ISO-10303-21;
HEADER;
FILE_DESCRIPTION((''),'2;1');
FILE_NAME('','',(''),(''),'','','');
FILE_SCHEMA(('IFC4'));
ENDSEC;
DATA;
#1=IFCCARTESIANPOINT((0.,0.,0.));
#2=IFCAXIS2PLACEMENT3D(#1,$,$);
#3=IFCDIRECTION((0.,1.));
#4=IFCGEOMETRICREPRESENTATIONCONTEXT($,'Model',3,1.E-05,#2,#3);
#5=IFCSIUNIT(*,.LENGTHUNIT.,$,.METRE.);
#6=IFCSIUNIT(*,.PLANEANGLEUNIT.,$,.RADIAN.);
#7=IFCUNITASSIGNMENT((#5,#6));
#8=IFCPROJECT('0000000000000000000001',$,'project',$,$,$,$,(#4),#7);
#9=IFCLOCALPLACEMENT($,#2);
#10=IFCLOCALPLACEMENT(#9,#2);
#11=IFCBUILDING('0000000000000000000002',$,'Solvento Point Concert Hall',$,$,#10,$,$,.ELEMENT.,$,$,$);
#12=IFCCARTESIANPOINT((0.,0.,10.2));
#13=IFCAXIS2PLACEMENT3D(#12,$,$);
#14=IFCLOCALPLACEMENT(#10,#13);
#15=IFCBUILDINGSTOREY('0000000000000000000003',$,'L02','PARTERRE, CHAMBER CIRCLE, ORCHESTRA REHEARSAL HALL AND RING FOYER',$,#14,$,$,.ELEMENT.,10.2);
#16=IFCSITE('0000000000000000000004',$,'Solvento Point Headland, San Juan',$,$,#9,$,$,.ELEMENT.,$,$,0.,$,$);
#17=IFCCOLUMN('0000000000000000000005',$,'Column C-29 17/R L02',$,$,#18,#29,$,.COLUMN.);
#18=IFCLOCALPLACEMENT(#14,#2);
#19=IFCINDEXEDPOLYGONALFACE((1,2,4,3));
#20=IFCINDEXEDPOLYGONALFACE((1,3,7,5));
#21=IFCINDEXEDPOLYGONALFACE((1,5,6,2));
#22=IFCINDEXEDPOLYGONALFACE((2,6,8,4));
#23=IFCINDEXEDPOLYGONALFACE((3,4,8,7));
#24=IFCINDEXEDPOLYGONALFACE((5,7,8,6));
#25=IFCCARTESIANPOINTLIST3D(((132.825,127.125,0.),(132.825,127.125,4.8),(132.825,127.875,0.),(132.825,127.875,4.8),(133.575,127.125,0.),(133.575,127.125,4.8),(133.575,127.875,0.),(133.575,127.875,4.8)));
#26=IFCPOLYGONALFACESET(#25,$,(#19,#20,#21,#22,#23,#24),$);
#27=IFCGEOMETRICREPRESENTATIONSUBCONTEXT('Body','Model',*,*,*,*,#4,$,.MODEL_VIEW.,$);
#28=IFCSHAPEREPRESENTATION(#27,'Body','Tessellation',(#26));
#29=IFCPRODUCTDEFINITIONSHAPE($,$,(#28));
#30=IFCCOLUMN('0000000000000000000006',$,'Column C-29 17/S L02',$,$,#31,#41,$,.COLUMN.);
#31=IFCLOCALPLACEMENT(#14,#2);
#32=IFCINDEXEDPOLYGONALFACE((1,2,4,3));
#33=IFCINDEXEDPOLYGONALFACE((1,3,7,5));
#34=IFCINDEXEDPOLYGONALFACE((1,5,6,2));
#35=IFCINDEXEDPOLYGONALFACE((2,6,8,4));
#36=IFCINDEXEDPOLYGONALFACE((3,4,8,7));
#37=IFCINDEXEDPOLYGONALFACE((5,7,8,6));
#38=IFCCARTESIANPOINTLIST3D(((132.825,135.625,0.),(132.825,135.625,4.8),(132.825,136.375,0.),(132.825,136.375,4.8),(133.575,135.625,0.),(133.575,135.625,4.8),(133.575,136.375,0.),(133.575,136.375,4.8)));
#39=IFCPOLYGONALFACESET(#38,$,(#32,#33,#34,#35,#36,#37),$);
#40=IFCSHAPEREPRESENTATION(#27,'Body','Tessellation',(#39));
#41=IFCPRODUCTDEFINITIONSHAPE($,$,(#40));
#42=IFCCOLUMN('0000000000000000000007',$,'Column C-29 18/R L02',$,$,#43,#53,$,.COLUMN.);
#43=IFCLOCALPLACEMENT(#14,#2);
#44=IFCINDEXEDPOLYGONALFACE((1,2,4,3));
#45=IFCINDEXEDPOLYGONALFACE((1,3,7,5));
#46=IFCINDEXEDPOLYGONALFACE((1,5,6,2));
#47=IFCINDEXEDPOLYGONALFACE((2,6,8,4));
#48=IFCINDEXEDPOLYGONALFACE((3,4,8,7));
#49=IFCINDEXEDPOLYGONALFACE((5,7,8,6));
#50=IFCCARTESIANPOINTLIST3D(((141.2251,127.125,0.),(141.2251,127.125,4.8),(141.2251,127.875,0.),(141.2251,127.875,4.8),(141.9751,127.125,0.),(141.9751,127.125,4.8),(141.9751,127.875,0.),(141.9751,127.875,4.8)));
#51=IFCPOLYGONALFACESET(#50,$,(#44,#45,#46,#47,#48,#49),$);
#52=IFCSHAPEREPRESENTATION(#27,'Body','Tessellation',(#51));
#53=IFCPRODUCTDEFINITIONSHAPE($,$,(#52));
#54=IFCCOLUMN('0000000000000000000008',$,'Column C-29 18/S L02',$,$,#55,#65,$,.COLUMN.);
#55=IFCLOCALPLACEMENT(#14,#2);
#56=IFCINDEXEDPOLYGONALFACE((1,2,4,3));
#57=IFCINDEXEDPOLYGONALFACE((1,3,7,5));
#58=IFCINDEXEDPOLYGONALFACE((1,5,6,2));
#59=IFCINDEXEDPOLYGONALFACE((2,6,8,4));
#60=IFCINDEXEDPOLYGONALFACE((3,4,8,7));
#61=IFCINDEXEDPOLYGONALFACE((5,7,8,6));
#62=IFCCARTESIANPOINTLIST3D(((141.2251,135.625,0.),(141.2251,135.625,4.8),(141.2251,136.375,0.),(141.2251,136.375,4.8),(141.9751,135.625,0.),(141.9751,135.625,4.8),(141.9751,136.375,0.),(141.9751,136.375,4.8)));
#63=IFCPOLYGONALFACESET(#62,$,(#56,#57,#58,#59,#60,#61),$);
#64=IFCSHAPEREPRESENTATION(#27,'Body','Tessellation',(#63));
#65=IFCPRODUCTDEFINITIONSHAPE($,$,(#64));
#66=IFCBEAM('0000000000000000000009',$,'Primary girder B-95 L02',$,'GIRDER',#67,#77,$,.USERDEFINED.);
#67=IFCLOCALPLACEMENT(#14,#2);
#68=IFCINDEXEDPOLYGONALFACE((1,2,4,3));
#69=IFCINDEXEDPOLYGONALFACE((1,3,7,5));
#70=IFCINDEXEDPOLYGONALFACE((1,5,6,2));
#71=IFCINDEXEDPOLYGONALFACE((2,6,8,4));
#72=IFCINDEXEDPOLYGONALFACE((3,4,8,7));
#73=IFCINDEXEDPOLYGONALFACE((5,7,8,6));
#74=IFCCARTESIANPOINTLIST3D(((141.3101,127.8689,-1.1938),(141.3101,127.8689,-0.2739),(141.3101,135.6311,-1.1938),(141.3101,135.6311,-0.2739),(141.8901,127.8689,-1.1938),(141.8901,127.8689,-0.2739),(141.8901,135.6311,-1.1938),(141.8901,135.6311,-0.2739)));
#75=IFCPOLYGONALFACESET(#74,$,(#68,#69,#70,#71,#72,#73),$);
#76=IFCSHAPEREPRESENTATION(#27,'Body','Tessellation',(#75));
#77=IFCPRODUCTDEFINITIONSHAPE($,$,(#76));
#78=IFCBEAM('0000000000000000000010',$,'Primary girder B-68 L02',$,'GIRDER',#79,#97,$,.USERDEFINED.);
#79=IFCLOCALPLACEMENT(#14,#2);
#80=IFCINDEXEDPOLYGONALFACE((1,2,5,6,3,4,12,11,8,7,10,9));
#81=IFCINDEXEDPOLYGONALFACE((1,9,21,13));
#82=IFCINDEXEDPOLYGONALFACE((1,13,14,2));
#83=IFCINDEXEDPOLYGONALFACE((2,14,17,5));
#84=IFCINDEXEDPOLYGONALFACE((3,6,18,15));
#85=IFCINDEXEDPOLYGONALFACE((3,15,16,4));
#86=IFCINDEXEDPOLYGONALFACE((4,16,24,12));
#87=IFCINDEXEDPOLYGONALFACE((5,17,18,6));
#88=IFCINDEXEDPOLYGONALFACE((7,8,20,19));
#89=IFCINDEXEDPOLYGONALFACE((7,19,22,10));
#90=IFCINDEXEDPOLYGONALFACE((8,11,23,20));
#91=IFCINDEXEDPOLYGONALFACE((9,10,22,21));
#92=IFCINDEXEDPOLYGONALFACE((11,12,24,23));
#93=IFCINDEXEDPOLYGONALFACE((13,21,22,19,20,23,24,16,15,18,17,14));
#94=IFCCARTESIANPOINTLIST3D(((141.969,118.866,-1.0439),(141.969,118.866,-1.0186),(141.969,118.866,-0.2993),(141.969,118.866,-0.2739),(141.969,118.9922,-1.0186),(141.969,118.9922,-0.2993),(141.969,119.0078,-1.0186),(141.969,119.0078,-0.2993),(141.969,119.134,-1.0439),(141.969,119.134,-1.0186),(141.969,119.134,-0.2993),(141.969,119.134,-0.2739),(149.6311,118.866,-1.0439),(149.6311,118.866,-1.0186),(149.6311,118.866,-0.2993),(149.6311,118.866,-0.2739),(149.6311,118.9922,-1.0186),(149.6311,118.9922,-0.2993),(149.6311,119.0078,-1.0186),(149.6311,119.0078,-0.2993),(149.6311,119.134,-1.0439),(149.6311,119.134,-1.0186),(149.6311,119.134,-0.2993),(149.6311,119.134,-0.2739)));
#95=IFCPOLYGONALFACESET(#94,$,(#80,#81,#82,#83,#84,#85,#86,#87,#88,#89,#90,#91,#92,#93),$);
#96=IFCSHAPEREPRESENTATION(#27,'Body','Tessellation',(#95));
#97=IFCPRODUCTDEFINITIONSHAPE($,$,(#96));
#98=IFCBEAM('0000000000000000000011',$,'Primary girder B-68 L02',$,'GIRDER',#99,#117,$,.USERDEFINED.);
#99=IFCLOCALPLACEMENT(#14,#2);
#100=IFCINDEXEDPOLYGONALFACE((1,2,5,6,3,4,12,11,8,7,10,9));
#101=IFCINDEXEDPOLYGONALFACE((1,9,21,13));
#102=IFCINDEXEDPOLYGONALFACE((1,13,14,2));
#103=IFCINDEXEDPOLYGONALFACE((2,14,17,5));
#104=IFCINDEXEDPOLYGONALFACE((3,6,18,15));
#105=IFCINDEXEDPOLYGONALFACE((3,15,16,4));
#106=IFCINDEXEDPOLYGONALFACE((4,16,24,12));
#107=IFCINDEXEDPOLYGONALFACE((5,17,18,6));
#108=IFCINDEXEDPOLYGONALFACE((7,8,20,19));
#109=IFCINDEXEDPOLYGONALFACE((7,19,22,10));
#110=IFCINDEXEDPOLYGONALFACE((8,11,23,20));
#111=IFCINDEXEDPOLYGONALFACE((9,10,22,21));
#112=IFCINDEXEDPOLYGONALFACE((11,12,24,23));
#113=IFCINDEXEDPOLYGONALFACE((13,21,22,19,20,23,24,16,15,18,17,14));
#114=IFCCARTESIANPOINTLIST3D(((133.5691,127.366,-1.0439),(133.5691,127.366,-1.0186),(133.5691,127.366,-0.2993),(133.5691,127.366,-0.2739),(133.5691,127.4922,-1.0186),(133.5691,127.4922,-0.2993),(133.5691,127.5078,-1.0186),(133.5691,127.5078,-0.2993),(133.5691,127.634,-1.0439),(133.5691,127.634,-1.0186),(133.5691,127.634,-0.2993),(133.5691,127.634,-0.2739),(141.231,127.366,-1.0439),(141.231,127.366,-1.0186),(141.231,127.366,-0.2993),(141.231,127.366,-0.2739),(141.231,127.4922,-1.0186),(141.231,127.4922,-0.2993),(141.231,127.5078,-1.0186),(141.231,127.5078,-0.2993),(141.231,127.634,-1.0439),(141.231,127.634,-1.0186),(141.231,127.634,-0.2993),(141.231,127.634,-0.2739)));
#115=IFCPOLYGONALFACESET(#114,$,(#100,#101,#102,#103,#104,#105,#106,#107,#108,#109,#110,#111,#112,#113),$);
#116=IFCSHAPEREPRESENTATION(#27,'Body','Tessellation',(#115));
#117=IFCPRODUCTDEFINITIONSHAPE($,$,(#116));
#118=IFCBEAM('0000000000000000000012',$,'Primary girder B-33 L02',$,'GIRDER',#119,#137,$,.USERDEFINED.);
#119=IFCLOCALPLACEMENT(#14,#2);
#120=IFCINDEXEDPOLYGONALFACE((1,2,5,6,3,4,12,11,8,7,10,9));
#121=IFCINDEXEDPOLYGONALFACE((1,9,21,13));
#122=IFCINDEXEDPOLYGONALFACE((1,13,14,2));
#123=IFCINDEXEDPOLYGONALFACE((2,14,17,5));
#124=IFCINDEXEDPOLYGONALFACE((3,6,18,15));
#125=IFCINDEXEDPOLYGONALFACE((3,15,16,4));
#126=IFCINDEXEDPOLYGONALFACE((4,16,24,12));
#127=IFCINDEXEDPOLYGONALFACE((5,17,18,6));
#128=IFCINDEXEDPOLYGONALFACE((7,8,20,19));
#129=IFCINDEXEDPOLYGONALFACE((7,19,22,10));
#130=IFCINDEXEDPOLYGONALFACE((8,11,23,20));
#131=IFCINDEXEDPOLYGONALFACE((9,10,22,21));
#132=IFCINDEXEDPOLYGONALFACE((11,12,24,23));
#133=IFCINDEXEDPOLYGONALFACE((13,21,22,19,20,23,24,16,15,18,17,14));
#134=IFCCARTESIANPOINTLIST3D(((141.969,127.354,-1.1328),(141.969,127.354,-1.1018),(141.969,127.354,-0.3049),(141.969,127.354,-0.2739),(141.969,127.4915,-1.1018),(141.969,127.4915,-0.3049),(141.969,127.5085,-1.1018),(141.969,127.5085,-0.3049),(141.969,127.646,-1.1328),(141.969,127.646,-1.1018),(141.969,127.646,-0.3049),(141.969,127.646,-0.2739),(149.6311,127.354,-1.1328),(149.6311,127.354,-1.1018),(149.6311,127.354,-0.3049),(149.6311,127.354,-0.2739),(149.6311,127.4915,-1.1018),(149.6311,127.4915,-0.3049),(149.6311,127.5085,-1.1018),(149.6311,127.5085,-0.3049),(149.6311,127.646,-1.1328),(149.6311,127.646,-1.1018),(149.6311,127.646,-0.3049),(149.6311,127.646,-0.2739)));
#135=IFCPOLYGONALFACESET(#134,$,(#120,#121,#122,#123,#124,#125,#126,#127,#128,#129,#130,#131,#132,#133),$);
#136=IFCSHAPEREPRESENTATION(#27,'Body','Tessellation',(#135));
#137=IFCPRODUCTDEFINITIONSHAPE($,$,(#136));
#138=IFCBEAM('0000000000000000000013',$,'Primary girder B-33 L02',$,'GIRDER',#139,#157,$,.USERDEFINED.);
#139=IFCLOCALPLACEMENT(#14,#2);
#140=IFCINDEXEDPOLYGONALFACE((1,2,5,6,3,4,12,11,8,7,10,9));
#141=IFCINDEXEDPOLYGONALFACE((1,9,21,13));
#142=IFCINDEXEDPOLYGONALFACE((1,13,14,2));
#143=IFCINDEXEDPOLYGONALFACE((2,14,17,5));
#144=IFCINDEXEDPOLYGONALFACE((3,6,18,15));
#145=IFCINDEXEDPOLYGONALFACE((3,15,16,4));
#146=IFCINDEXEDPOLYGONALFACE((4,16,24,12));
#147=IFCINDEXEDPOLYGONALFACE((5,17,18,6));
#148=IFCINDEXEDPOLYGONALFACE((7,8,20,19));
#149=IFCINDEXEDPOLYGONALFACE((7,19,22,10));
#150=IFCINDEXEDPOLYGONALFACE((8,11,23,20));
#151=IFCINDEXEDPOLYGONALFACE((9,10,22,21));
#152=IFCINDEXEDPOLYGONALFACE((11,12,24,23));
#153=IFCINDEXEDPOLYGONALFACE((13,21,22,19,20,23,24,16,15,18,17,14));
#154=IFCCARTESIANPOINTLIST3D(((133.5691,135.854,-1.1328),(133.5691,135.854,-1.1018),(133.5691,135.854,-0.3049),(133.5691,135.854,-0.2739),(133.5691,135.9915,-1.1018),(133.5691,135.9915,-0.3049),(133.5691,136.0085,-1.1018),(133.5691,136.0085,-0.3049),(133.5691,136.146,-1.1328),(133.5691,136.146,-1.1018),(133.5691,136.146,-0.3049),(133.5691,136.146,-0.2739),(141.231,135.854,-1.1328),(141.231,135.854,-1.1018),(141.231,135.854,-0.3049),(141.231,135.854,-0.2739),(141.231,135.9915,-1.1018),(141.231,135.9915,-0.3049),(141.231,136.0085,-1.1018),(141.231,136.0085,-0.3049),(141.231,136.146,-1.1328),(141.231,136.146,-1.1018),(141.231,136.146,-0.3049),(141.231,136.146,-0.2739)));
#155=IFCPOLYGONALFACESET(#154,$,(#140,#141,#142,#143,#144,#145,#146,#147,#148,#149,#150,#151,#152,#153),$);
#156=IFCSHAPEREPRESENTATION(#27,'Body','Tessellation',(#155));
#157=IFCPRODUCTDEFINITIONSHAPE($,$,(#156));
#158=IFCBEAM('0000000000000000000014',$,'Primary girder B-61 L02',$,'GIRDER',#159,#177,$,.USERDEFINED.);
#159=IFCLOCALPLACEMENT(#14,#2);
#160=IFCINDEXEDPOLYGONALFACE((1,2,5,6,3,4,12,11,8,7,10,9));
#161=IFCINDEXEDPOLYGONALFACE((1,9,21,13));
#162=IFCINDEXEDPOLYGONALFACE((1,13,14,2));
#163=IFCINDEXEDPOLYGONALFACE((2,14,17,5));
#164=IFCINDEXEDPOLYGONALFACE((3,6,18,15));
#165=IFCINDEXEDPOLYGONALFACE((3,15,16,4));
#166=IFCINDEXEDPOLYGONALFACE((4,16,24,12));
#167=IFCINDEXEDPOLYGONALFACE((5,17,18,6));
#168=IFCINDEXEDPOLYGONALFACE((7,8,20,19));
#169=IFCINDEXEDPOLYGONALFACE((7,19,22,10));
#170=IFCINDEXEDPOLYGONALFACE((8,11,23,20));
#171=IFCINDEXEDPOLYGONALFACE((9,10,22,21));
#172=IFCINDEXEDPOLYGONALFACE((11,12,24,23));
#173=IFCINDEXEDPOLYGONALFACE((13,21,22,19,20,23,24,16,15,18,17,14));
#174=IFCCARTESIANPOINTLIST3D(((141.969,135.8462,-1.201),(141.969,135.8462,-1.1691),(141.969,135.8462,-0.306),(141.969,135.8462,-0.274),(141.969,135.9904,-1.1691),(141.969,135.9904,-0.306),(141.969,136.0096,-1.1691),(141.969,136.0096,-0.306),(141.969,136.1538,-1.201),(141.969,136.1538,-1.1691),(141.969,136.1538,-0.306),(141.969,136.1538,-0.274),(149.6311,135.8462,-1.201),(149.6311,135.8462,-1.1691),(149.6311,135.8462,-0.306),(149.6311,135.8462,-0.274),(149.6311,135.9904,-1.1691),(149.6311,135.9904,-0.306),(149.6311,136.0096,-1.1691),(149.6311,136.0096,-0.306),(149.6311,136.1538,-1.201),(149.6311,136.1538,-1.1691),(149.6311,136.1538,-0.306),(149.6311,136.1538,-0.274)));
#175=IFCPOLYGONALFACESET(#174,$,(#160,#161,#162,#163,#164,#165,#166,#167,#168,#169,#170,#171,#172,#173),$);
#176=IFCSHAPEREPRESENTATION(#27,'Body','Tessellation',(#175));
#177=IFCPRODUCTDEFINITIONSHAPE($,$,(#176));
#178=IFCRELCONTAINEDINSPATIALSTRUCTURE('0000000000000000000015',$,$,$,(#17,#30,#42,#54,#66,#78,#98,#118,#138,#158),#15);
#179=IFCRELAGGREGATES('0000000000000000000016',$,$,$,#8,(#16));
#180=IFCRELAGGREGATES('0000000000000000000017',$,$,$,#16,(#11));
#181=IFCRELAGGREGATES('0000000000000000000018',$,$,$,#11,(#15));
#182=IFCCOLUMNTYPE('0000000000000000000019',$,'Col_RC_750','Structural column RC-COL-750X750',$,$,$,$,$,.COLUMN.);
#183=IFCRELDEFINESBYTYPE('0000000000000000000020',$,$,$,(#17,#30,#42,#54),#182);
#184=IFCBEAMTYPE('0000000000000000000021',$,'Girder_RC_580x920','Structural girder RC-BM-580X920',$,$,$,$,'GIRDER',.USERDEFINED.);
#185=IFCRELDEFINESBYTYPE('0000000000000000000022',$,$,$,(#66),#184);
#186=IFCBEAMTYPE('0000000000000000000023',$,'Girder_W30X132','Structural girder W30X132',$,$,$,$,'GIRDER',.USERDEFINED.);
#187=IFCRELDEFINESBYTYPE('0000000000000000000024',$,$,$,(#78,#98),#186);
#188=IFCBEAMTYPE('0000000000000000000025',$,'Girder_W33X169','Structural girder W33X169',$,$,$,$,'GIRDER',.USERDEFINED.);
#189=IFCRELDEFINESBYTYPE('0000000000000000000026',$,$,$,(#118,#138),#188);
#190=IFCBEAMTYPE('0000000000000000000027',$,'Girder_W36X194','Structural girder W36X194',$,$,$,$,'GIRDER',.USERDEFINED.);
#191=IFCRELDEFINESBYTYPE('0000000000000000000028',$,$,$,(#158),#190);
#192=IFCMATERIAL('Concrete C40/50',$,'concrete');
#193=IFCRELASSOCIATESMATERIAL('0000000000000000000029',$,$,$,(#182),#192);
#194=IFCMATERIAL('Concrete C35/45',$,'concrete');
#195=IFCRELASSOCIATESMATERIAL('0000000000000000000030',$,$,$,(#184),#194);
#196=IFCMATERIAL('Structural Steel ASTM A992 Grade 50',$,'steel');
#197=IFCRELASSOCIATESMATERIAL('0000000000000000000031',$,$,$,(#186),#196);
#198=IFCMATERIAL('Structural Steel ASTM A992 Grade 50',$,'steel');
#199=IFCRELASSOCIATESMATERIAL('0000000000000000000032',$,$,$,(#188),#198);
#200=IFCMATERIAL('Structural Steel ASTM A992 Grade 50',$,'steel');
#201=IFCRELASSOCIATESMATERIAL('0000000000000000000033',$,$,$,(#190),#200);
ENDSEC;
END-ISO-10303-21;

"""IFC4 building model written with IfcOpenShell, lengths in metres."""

from ifc_helpers import new_model, si_unit, direction, frame, origin, origin_2d, place, context, subcontext, project, spatial, rectangle, i_section, extrude, material, material_profile, profile_set, type_object, element, save


model = new_model("IFC4")

# Units and contexts
model_context = context("Model", 3, precision=1e-05, world=origin(), true_north=direction((0.0, 1.0)))
body_context = subcontext(model_context, "Body", "Model", "MODEL_VIEW")
ifc_project = project(units=[si_unit("LENGTHUNIT", "METRE"), si_unit("PLANEANGLEUNIT", "RADIAN")], contexts=[model_context])

# Site, building, storey
site_placement = place(None, origin())
site = spatial("IfcSite", under=ifc_project, at=site_placement, Name="Solvento Point Headland, San Juan", CompositionType="ELEMENT", RefElevation=0.0)
building_placement = place(site_placement, origin())
building = spatial("IfcBuilding", under=site, at=building_placement, Name="Solvento Point Concert Hall", CompositionType="ELEMENT")
storey_placement = place(building_placement, frame((0.0, 0.0, 10.2)))
storey = spatial("IfcBuildingStorey", under=building, at=storey_placement, Name="L02", Description="PARTERRE, CHAMBER CIRCLE, ORCHESTRA REHEARSAL HALL AND RING FOYER", CompositionType="ELEMENT", Elevation=10.2)

# Columns
ifc_material_1 = material(Name="Concrete C40/50", Category="concrete")
ifc_material_profile_1 = material_profile(ifc_material_1, rectangle(XDim=0.75, YDim=0.75, at=origin_2d()), Name="RC-COL-750X750")
ifc_profile_set_1 = profile_set([ifc_material_profile_1], Name="Concrete C40/50")
column_type = type_object("IfcColumnType", Name="Col_RC_750", Description="Structural column RC-COL-750X750", PredefinedType="COLUMN", material=ifc_profile_set_1)
for number, where, z_axis, x_axis, name in (
    (1, (133.2, 127.5, 0.0), (0.0, 0.0, 1.0), (1.0, 0.0, 0.0), "Column C-29 17/R L02"),
    (2, (133.2, 136.0, 0.0), (0.0, 0.0, 1.0), (1.0, 0.0, 0.0), "Column C-29 17/S L02"),
    (3, (141.6001, 127.5, 0.0), (0.0, 0.0, 1.0), (1.0, 0.0, 0.0), "Column C-29 18/R L02"),
    (4, (141.6001, 136.0, 0.0), (0.0, 0.0, 1.0), (1.0, 0.0, 0.0), "Column C-29 18/S L02"),
):
    element("IfcColumn", number, at=place(storey_placement, frame(where, z_axis=z_axis, x_axis=x_axis)), inside=storey, type_object=column_type, Name=name, PredefinedType="COLUMN", context=body_context, shape_type="SweptSolid", body=[
        extrude(rectangle(XDim=0.75, YDim=0.75, at=origin_2d()), origin(), (0.0, 0.0, 1.0), 4.8),
    ])

# Beams
ifc_material_2 = material(Name="Concrete C35/45", Category="concrete")
ifc_material_profile_2 = material_profile(ifc_material_2, rectangle(XDim=0.5801, YDim=0.9199, at=origin_2d()), Name="RC-BM-580X920")
ifc_profile_set_2 = profile_set([ifc_material_profile_2], Name="Concrete C35/45")
beam_type_1 = type_object("IfcBeamType", Name="Girder_RC_580x920", Description="Structural girder RC-BM-580X920", ElementType="GIRDER", PredefinedType="USERDEFINED", material=ifc_profile_set_2)
beam_1_placement = place(storey_placement, frame((141.6001, 127.8689, -0.7339), z_axis=(0.0, 1.0, 0.0), x_axis=(-1.0, 0.0, 0.0)))
element("IfcBeam", 5, at=beam_1_placement, inside=storey, type_object=beam_type_1, Name="Primary girder B-95 L02", ObjectType="GIRDER", PredefinedType="USERDEFINED", context=body_context, shape_type="SweptSolid", body=[
    extrude(rectangle(XDim=0.5801, YDim=0.9199, at=origin_2d()), origin(), (0.0, 0.0, 1.0), 7.7622),
])
ifc_material_3 = material(Name="Structural Steel ASTM A992 Grade 50", Category="steel")
ifc_material_profile_3 = material_profile(ifc_material_3, i_section(OverallWidth=0.2681, OverallDepth=0.77, WebThickness=0.0156, FlangeThickness=0.0254, at=origin_2d()), Name="W30X132")
ifc_profile_set_3 = profile_set([ifc_material_profile_3], Name="Structural Steel ASTM A992 Grade 50")
beam_type_2 = type_object("IfcBeamType", Name="Girder_W30X132", Description="Structural girder W30X132", ElementType="GIRDER", PredefinedType="USERDEFINED", material=ifc_profile_set_3)
beam_2_placement = place(storey_placement, frame((141.969, 119.0, -0.6589), z_axis=(1.0, 0.0, 0.0), x_axis=(0.0, 1.0, 0.0)))
element("IfcBeam", 6, at=beam_2_placement, inside=storey, type_object=beam_type_2, Name="Primary girder B-68 L02", ObjectType="GIRDER", PredefinedType="USERDEFINED", context=body_context, shape_type="SweptSolid", body=[
    extrude(i_section(OverallWidth=0.2681, OverallDepth=0.77, WebThickness=0.0156, FlangeThickness=0.0254, at=origin_2d()), origin(), (0.0, 0.0, 1.0), 7.6621),
])
beam_3_placement = place(storey_placement, frame((133.5691, 127.5, -0.6589), z_axis=(1.0, 0.0, 0.0), x_axis=(0.0, 1.0, 0.0)))
element("IfcBeam", 7, at=beam_3_placement, inside=storey, type_object=beam_type_2, Name="Primary girder B-68 L02", ObjectType="GIRDER", PredefinedType="USERDEFINED", context=body_context, shape_type="SweptSolid", body=[
    extrude(i_section(OverallWidth=0.2681, OverallDepth=0.77, WebThickness=0.0156, FlangeThickness=0.0254, at=origin_2d()), origin(), (0.0, 0.0, 1.0), 7.6619),
])
ifc_material_4 = material(Name="Structural Steel ASTM A992 Grade 50", Category="steel")
ifc_material_profile_4 = material_profile(ifc_material_4, i_section(OverallWidth=0.292, OverallDepth=0.8589, WebThickness=0.0171, FlangeThickness=0.031, at=origin_2d()), Name="W33X169")
ifc_profile_set_4 = profile_set([ifc_material_profile_4], Name="Structural Steel ASTM A992 Grade 50")
beam_type_3 = type_object("IfcBeamType", Name="Girder_W33X169", Description="Structural girder W33X169", ElementType="GIRDER", PredefinedType="USERDEFINED", material=ifc_profile_set_4)
beam_4_placement = place(storey_placement, frame((141.969, 127.5, -0.7034), z_axis=(1.0, 0.0, 0.0), x_axis=(0.0, 1.0, 0.0)))
element("IfcBeam", 8, at=beam_4_placement, inside=storey, type_object=beam_type_3, Name="Primary girder B-33 L02", ObjectType="GIRDER", PredefinedType="USERDEFINED", context=body_context, shape_type="SweptSolid", body=[
    extrude(i_section(OverallWidth=0.292, OverallDepth=0.8589, WebThickness=0.0171, FlangeThickness=0.031, at=origin_2d()), origin(), (0.0, 0.0, 1.0), 7.6621),
])
beam_5_placement = place(storey_placement, frame((133.5691, 136.0, -0.7034), z_axis=(1.0, 0.0, 0.0), x_axis=(0.0, 1.0, 0.0)))
element("IfcBeam", 9, at=beam_5_placement, inside=storey, type_object=beam_type_3, Name="Primary girder B-33 L02", ObjectType="GIRDER", PredefinedType="USERDEFINED", context=body_context, shape_type="SweptSolid", body=[
    extrude(i_section(OverallWidth=0.292, OverallDepth=0.8589, WebThickness=0.0171, FlangeThickness=0.031, at=origin_2d()), origin(), (0.0, 0.0, 1.0), 7.6619),
])
ifc_material_5 = material(Name="Structural Steel ASTM A992 Grade 50", Category="steel")
ifc_material_profile_5 = material_profile(ifc_material_5, i_section(OverallWidth=0.3076, OverallDepth=0.927, WebThickness=0.0193, FlangeThickness=0.032, at=origin_2d()), Name="W36X194")
ifc_profile_set_5 = profile_set([ifc_material_profile_5], Name="Structural Steel ASTM A992 Grade 50")
beam_type_4 = type_object("IfcBeamType", Name="Girder_W36X194", Description="Structural girder W36X194", ElementType="GIRDER", PredefinedType="USERDEFINED", material=ifc_profile_set_5)
beam_6_placement = place(storey_placement, frame((141.969, 136.0, -0.7375), z_axis=(1.0, 0.0, 0.0), x_axis=(0.0, 1.0, 0.0)))
element("IfcBeam", 10, at=beam_6_placement, inside=storey, type_object=beam_type_4, Name="Primary girder B-61 L02", ObjectType="GIRDER", PredefinedType="USERDEFINED", context=body_context, shape_type="SweptSolid", body=[
    extrude(i_section(OverallWidth=0.3076, OverallDepth=0.927, WebThickness=0.0193, FlangeThickness=0.032, at=origin_2d()), origin(), (0.0, 0.0, 1.0), 7.6621),
])

save(model, "model.ifc")
